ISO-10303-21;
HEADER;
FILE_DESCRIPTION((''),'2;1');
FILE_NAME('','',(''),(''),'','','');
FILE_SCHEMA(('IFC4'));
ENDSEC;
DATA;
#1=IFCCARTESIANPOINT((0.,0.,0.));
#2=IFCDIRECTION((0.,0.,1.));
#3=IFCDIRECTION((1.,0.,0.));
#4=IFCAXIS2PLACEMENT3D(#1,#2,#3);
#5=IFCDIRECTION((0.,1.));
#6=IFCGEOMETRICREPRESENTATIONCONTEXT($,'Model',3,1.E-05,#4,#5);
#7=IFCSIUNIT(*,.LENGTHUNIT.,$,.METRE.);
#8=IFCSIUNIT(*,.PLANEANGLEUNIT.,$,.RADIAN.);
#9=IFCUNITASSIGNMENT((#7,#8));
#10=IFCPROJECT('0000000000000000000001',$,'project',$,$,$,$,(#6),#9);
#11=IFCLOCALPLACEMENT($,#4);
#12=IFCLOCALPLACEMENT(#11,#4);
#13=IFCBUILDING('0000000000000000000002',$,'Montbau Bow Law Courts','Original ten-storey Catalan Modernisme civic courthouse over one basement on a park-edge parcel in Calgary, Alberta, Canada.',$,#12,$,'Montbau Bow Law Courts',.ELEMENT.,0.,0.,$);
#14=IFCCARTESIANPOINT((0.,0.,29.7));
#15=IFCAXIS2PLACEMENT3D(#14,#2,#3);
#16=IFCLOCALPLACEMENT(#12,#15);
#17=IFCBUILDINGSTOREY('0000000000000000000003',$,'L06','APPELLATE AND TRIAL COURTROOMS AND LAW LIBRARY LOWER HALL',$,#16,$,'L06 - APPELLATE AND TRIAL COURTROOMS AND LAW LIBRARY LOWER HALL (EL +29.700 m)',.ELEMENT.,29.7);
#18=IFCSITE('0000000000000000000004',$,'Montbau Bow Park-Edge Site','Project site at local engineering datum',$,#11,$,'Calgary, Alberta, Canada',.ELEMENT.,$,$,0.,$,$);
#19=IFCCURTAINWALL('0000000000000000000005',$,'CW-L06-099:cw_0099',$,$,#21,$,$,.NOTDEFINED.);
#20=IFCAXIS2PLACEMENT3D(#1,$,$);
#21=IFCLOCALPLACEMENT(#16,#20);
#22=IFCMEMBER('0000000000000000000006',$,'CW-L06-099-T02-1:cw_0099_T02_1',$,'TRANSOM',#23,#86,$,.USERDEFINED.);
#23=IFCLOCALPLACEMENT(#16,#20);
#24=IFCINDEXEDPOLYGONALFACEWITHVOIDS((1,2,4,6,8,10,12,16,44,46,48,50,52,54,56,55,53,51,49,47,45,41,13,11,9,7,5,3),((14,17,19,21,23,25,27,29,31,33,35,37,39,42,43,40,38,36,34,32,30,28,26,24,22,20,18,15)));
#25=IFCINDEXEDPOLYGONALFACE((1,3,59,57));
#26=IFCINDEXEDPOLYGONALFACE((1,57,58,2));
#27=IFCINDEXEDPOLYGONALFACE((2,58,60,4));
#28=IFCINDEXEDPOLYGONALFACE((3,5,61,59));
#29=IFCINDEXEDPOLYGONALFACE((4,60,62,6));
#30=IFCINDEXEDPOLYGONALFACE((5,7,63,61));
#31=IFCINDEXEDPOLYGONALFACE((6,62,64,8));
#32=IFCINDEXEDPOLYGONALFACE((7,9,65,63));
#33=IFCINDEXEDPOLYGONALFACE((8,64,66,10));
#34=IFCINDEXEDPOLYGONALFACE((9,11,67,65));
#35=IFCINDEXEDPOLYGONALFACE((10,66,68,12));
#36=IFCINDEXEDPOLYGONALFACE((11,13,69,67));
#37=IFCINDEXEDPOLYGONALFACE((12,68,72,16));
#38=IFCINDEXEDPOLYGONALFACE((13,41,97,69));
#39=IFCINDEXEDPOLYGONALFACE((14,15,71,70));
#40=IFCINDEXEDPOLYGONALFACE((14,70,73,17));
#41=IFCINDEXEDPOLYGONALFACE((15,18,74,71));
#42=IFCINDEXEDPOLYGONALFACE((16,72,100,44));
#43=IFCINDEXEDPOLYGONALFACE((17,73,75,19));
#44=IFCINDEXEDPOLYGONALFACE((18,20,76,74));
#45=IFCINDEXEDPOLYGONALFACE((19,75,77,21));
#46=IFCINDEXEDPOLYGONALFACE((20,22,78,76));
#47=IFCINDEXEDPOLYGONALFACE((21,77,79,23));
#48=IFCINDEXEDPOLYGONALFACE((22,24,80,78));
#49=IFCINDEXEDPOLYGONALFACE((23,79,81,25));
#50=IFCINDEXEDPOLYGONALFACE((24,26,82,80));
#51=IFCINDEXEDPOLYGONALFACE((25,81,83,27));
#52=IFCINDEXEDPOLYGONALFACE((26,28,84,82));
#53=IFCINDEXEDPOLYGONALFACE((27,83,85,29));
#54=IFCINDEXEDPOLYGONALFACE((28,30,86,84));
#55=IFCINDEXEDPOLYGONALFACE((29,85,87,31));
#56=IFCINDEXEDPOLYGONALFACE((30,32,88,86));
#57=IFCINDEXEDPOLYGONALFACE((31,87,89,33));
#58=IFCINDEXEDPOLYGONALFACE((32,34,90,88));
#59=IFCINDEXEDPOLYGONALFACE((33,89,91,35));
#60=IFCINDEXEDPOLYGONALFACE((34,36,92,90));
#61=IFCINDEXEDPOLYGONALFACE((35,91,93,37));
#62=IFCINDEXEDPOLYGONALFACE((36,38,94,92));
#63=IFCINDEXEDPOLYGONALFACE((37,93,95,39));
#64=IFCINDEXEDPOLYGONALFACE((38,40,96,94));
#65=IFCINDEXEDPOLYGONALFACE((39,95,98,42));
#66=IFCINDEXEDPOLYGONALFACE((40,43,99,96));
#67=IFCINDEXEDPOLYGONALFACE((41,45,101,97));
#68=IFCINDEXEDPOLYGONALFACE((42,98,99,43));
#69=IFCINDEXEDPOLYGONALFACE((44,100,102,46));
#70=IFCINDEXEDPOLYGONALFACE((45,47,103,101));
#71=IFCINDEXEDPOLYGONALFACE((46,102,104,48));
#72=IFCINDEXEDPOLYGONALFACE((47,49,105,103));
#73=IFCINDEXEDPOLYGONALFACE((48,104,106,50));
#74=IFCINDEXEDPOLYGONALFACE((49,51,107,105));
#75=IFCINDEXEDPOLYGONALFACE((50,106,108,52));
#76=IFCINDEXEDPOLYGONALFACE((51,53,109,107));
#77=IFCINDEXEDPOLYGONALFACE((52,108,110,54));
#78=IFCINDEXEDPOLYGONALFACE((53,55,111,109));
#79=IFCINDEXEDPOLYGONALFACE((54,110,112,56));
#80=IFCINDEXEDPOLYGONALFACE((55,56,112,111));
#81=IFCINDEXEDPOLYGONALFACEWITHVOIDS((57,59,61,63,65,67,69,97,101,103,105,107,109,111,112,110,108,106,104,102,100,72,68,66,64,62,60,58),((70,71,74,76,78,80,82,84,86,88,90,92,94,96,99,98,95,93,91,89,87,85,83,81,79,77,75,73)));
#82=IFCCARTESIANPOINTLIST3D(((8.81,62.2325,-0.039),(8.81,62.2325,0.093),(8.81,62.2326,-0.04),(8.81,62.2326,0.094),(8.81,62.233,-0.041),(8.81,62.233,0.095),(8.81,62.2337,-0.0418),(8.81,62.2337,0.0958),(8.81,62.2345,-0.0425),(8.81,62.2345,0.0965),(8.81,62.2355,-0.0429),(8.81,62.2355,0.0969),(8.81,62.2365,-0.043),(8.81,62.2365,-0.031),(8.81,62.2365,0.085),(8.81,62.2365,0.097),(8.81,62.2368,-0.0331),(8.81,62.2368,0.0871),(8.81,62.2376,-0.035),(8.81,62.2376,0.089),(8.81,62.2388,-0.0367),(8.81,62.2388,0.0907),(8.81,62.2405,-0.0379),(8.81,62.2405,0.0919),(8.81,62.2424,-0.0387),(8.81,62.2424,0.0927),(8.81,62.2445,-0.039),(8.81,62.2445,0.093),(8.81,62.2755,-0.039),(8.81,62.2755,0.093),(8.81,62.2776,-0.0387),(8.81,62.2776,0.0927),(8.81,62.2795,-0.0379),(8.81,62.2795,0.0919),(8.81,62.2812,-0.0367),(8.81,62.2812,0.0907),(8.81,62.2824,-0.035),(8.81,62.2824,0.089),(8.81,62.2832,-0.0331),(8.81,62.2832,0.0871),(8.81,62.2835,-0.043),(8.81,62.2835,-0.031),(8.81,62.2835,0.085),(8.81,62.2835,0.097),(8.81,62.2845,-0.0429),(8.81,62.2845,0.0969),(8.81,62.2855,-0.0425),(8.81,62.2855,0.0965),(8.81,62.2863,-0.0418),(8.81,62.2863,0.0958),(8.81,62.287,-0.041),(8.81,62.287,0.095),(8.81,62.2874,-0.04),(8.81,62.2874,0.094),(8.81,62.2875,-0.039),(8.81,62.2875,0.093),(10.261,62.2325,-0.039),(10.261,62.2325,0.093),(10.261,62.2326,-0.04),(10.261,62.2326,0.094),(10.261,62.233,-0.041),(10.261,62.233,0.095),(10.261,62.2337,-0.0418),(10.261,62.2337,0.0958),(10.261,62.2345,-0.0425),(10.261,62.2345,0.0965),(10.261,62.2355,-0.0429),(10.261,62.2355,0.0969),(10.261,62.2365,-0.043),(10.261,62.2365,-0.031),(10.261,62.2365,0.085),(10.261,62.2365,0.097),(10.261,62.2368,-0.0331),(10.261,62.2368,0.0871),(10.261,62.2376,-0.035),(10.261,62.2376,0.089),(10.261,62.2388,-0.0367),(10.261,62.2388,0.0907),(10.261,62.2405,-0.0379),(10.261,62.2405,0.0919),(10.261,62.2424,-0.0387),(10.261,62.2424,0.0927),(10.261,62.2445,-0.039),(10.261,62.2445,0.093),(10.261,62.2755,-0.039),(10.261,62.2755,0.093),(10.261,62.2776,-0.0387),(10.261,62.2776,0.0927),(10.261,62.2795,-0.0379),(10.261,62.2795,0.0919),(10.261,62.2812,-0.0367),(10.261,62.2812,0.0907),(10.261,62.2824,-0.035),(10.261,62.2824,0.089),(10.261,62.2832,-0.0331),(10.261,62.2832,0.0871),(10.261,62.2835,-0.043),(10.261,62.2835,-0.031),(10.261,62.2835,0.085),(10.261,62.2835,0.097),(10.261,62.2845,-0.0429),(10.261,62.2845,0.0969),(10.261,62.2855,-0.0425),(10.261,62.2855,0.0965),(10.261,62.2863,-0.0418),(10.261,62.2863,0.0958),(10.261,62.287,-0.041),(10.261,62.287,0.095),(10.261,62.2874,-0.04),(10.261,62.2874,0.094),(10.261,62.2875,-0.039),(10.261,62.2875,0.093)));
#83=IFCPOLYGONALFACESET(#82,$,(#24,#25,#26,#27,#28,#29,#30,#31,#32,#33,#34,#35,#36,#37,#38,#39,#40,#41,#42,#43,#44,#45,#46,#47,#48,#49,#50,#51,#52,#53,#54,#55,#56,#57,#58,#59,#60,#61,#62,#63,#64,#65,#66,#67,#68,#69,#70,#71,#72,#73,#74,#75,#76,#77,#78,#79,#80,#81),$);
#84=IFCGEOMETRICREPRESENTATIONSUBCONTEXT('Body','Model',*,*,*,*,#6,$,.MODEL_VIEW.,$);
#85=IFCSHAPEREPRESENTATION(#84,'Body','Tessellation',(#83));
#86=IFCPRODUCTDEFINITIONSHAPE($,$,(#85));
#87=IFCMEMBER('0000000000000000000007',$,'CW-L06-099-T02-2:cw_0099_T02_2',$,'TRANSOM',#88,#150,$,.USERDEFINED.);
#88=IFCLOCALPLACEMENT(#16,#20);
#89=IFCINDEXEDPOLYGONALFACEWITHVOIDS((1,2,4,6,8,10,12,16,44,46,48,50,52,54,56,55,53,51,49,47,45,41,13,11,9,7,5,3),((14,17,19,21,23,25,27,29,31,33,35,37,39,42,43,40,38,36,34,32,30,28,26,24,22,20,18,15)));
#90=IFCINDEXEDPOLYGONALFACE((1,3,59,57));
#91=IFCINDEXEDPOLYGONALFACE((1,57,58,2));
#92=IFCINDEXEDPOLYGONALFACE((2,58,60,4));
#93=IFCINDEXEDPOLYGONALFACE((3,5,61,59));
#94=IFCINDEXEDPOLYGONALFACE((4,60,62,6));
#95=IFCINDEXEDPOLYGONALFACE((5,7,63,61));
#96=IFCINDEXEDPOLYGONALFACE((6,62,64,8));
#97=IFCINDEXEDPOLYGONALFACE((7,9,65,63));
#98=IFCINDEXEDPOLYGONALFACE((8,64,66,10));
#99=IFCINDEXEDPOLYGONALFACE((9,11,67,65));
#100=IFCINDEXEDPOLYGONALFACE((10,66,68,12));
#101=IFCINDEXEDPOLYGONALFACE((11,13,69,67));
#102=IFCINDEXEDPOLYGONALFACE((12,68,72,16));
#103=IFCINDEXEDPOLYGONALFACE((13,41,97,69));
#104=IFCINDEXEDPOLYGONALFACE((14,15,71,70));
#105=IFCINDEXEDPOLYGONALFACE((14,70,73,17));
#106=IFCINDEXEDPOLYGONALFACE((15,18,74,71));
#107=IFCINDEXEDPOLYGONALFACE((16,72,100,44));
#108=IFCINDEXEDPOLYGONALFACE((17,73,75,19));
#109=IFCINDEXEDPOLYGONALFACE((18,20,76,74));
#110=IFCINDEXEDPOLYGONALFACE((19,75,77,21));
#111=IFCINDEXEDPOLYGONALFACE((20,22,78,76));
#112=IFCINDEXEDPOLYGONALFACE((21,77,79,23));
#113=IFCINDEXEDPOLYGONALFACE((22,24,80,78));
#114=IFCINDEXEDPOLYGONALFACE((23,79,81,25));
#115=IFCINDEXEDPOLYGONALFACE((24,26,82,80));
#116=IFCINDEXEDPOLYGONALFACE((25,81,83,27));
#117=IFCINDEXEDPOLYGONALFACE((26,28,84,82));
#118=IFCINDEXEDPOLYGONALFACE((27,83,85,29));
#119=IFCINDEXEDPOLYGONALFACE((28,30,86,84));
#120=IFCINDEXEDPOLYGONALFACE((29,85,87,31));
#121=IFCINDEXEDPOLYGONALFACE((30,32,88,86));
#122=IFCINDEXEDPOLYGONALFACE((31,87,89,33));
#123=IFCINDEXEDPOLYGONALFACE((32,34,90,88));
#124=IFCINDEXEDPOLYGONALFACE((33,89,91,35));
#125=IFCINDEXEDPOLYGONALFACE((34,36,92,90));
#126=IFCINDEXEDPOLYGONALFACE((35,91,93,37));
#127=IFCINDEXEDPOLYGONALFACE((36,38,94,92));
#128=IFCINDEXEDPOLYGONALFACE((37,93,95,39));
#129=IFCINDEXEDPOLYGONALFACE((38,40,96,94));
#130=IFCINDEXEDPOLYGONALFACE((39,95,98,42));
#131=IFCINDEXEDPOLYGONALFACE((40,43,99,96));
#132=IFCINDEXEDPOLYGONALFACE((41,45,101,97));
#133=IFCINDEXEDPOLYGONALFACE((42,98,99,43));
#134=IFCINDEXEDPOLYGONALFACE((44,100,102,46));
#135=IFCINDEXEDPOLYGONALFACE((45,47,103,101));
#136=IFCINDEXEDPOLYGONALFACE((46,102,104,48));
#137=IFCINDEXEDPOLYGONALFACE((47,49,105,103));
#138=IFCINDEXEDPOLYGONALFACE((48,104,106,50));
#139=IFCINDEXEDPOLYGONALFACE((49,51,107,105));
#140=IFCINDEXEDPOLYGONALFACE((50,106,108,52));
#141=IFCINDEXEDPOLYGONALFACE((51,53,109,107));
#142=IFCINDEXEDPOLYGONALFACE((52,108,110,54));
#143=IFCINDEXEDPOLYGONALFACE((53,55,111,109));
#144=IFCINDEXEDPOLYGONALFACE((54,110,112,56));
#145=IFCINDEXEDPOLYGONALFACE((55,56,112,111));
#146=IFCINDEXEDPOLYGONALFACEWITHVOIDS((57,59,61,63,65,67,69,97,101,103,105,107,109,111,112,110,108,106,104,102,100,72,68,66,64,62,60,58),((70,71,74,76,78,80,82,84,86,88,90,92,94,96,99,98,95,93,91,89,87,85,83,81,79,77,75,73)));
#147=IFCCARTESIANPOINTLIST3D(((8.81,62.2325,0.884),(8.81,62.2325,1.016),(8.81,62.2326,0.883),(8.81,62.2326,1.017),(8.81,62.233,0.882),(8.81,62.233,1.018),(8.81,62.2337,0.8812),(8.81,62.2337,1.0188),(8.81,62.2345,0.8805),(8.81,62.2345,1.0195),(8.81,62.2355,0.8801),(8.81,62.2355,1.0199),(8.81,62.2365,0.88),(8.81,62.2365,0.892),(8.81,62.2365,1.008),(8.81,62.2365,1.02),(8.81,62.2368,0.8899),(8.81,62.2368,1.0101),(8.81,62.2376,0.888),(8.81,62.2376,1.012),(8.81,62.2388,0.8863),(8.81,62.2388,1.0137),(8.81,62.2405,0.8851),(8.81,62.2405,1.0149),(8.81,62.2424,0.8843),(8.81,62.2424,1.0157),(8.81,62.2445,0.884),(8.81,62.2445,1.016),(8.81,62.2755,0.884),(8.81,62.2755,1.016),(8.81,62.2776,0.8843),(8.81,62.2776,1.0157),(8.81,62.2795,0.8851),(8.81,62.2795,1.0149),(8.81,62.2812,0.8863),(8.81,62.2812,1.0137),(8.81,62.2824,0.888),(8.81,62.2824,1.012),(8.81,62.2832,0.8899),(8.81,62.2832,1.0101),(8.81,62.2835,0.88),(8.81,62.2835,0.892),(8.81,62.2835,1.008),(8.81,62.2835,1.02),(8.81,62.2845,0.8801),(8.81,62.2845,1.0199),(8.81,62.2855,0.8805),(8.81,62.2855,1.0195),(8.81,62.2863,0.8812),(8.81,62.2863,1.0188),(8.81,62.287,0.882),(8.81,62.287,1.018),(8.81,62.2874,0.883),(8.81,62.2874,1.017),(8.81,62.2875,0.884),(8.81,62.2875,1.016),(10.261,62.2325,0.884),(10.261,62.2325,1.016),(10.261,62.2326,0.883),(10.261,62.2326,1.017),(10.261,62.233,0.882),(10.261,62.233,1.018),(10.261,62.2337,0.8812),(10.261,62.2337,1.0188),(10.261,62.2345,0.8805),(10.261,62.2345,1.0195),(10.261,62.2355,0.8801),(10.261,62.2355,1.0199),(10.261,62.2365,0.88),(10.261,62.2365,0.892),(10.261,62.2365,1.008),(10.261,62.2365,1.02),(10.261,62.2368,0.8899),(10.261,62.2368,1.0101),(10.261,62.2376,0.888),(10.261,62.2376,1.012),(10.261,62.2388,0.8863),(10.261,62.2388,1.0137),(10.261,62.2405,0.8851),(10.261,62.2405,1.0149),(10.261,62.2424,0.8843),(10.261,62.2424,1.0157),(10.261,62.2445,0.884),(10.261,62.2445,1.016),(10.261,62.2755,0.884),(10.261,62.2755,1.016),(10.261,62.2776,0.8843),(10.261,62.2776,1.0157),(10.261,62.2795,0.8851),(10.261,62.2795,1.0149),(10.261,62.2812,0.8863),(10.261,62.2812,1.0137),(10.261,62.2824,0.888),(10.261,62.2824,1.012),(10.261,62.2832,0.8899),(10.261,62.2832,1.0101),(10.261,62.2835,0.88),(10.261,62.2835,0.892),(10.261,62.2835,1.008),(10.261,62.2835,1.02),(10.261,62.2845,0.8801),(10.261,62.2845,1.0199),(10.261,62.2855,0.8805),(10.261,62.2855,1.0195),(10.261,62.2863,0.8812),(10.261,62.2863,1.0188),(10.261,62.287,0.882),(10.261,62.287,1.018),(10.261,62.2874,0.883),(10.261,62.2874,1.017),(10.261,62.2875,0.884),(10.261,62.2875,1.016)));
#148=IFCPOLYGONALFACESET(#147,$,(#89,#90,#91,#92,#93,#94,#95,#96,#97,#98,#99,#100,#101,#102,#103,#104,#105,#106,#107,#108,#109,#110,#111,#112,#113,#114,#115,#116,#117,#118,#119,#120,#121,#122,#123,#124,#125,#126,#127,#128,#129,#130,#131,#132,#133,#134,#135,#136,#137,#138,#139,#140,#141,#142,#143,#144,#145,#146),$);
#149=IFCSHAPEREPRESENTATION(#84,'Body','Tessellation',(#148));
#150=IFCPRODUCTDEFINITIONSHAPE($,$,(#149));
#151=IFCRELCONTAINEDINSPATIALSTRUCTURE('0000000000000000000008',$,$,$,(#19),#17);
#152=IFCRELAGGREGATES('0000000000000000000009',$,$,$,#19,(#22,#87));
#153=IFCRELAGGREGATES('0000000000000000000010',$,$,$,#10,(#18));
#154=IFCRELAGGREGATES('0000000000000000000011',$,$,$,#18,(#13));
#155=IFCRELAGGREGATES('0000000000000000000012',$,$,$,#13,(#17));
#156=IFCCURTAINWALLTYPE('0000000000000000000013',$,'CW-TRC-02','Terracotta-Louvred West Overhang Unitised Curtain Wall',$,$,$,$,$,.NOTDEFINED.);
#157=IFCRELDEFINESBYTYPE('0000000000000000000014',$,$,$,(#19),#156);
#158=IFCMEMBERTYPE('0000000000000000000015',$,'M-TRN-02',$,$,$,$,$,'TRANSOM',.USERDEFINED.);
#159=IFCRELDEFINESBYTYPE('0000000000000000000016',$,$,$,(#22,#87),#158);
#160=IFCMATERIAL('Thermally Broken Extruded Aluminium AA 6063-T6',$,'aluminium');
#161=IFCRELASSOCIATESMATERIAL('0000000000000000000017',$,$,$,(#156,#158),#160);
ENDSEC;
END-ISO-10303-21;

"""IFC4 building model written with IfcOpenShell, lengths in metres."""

from ifc_helpers import new_model, si_unit, direction, frame, origin_with_axes, origin_2d_with_axis, place, context, subcontext, project, spatial, hollow_rectangle, extrude, material, material_profile, profile_set, type_object, element, aggregate, save


model = new_model("IFC4")

# Units and contexts
model_context = context("Model", 3, precision=1e-05, world=origin_with_axes(), true_north=direction((0.0, 1.0)))
body_context = subcontext(model_context, "Body", "Model", "MODEL_VIEW")
ifc_project = project(units=[si_unit("LENGTHUNIT", "METRE"), si_unit("PLANEANGLEUNIT", "RADIAN")], contexts=[model_context])

# Site, building, storey
site_placement = place(None, origin_with_axes())
site = spatial("IfcSite", under=ifc_project, at=site_placement, Name="Montbau Bow Park-Edge Site", Description="Project site at local engineering datum", LongName="Calgary, Alberta, Canada", CompositionType="ELEMENT", RefElevation=0.0)
building_placement = place(site_placement, origin_with_axes())
building = spatial("IfcBuilding", under=site, at=building_placement, Name="Montbau Bow Law Courts", Description="Original ten-storey Catalan Modernisme civic courthouse over one basement on a park-edge parcel in Calgary, Alberta, Canada.", LongName="Montbau Bow Law Courts", CompositionType="ELEMENT", ElevationOfRefHeight=0.0, ElevationOfTerrain=0.0)
storey_placement = place(building_placement, frame((0.0, 0.0, 29.7), z_axis=(0.0, 0.0, 1.0), x_axis=(1.0, 0.0, 0.0)))
storey = spatial("IfcBuildingStorey", under=building, at=storey_placement, Name="L06", Description="APPELLATE AND TRIAL COURTROOMS AND LAW LIBRARY LOWER HALL", LongName="L06 - APPELLATE AND TRIAL COURTROOMS AND LAW LIBRARY LOWER HALL (EL +29.700 m)", CompositionType="ELEMENT", Elevation=29.7)

# Curtain wall, members
ifc_material_1 = material(Name="Thermally Broken Extruded Aluminium AA 6063-T6", Category="aluminium")
curtain_wall_type = type_object("IfcCurtainWallType", Name="CW-TRC-02", Description="Terracotta-Louvred West Overhang Unitised Curtain Wall", PredefinedType="NOTDEFINED", material=ifc_material_1)
curtain_wall_placement = place(None, frame((7.24, 62.26, 29.7), z_axis=(0.0, 0.0, 1.0), x_axis=(1.0, 0.0, 0.0)))
curtain_wall = element("IfcCurtainWall", 1, at=curtain_wall_placement, inside=storey, type_object=curtain_wall_type, Name="CW-L06-099:cw_0099", PredefinedType="NOTDEFINED")
ifc_material_profile_1 = material_profile(ifc_material_1, hollow_rectangle(XDim=0.055, YDim=0.14, WallThickness=0.004, InnerFilletRadius=0.008, OuterFilletRadius=0.004, at=origin_2d_with_axis()), Name="CWT-140X55", Category="Main", Priority=0)
ifc_profile_set_1 = profile_set([ifc_material_profile_1], Name="Thermally Broken Extruded Aluminium AA 6063-T6")
member_type_1 = type_object("IfcMemberType", Name="M-TRN-02", ElementType="TRANSOM", PredefinedType="USERDEFINED", material=ifc_profile_set_1)
member_1_placement = place(None, frame((8.81, 62.26, 29.727), z_axis=(1.0, 0.0, 0.0), x_axis=(0.0, 1.0, 0.0)))
member_1 = element("IfcMember", 2, at=member_1_placement, type_object=member_type_1, Name="CW-L06-099-T02-1:cw_0099_T02_1", ObjectType="TRANSOM", PredefinedType="USERDEFINED", context=body_context, shape_type="SweptSolid", body=[
    extrude(hollow_rectangle(XDim=0.055, YDim=0.14, WallThickness=0.004, InnerFilletRadius=0.008, OuterFilletRadius=0.004, at=origin_2d_with_axis()), origin_with_axes(), (0.0, 0.0, 1.0), 1.451),
])
member_2_placement = place(None, frame((8.81, 62.26, 30.65), z_axis=(1.0, 0.0, 0.0), x_axis=(0.0, 1.0, 0.0)))
member_2 = element("IfcMember", 3, at=member_2_placement, type_object=member_type_1, Name="CW-L06-099-T02-2:cw_0099_T02_2", ObjectType="TRANSOM", PredefinedType="USERDEFINED", context=body_context, shape_type="SweptSolid", body=[
    extrude(hollow_rectangle(XDim=0.055, YDim=0.14, WallThickness=0.004, InnerFilletRadius=0.008, OuterFilletRadius=0.004, at=origin_2d_with_axis()), origin_with_axes(), (0.0, 0.0, 1.0), 1.451),
])
aggregate(curtain_wall, [member_1, member_2])

save(model, "model.ifc")
